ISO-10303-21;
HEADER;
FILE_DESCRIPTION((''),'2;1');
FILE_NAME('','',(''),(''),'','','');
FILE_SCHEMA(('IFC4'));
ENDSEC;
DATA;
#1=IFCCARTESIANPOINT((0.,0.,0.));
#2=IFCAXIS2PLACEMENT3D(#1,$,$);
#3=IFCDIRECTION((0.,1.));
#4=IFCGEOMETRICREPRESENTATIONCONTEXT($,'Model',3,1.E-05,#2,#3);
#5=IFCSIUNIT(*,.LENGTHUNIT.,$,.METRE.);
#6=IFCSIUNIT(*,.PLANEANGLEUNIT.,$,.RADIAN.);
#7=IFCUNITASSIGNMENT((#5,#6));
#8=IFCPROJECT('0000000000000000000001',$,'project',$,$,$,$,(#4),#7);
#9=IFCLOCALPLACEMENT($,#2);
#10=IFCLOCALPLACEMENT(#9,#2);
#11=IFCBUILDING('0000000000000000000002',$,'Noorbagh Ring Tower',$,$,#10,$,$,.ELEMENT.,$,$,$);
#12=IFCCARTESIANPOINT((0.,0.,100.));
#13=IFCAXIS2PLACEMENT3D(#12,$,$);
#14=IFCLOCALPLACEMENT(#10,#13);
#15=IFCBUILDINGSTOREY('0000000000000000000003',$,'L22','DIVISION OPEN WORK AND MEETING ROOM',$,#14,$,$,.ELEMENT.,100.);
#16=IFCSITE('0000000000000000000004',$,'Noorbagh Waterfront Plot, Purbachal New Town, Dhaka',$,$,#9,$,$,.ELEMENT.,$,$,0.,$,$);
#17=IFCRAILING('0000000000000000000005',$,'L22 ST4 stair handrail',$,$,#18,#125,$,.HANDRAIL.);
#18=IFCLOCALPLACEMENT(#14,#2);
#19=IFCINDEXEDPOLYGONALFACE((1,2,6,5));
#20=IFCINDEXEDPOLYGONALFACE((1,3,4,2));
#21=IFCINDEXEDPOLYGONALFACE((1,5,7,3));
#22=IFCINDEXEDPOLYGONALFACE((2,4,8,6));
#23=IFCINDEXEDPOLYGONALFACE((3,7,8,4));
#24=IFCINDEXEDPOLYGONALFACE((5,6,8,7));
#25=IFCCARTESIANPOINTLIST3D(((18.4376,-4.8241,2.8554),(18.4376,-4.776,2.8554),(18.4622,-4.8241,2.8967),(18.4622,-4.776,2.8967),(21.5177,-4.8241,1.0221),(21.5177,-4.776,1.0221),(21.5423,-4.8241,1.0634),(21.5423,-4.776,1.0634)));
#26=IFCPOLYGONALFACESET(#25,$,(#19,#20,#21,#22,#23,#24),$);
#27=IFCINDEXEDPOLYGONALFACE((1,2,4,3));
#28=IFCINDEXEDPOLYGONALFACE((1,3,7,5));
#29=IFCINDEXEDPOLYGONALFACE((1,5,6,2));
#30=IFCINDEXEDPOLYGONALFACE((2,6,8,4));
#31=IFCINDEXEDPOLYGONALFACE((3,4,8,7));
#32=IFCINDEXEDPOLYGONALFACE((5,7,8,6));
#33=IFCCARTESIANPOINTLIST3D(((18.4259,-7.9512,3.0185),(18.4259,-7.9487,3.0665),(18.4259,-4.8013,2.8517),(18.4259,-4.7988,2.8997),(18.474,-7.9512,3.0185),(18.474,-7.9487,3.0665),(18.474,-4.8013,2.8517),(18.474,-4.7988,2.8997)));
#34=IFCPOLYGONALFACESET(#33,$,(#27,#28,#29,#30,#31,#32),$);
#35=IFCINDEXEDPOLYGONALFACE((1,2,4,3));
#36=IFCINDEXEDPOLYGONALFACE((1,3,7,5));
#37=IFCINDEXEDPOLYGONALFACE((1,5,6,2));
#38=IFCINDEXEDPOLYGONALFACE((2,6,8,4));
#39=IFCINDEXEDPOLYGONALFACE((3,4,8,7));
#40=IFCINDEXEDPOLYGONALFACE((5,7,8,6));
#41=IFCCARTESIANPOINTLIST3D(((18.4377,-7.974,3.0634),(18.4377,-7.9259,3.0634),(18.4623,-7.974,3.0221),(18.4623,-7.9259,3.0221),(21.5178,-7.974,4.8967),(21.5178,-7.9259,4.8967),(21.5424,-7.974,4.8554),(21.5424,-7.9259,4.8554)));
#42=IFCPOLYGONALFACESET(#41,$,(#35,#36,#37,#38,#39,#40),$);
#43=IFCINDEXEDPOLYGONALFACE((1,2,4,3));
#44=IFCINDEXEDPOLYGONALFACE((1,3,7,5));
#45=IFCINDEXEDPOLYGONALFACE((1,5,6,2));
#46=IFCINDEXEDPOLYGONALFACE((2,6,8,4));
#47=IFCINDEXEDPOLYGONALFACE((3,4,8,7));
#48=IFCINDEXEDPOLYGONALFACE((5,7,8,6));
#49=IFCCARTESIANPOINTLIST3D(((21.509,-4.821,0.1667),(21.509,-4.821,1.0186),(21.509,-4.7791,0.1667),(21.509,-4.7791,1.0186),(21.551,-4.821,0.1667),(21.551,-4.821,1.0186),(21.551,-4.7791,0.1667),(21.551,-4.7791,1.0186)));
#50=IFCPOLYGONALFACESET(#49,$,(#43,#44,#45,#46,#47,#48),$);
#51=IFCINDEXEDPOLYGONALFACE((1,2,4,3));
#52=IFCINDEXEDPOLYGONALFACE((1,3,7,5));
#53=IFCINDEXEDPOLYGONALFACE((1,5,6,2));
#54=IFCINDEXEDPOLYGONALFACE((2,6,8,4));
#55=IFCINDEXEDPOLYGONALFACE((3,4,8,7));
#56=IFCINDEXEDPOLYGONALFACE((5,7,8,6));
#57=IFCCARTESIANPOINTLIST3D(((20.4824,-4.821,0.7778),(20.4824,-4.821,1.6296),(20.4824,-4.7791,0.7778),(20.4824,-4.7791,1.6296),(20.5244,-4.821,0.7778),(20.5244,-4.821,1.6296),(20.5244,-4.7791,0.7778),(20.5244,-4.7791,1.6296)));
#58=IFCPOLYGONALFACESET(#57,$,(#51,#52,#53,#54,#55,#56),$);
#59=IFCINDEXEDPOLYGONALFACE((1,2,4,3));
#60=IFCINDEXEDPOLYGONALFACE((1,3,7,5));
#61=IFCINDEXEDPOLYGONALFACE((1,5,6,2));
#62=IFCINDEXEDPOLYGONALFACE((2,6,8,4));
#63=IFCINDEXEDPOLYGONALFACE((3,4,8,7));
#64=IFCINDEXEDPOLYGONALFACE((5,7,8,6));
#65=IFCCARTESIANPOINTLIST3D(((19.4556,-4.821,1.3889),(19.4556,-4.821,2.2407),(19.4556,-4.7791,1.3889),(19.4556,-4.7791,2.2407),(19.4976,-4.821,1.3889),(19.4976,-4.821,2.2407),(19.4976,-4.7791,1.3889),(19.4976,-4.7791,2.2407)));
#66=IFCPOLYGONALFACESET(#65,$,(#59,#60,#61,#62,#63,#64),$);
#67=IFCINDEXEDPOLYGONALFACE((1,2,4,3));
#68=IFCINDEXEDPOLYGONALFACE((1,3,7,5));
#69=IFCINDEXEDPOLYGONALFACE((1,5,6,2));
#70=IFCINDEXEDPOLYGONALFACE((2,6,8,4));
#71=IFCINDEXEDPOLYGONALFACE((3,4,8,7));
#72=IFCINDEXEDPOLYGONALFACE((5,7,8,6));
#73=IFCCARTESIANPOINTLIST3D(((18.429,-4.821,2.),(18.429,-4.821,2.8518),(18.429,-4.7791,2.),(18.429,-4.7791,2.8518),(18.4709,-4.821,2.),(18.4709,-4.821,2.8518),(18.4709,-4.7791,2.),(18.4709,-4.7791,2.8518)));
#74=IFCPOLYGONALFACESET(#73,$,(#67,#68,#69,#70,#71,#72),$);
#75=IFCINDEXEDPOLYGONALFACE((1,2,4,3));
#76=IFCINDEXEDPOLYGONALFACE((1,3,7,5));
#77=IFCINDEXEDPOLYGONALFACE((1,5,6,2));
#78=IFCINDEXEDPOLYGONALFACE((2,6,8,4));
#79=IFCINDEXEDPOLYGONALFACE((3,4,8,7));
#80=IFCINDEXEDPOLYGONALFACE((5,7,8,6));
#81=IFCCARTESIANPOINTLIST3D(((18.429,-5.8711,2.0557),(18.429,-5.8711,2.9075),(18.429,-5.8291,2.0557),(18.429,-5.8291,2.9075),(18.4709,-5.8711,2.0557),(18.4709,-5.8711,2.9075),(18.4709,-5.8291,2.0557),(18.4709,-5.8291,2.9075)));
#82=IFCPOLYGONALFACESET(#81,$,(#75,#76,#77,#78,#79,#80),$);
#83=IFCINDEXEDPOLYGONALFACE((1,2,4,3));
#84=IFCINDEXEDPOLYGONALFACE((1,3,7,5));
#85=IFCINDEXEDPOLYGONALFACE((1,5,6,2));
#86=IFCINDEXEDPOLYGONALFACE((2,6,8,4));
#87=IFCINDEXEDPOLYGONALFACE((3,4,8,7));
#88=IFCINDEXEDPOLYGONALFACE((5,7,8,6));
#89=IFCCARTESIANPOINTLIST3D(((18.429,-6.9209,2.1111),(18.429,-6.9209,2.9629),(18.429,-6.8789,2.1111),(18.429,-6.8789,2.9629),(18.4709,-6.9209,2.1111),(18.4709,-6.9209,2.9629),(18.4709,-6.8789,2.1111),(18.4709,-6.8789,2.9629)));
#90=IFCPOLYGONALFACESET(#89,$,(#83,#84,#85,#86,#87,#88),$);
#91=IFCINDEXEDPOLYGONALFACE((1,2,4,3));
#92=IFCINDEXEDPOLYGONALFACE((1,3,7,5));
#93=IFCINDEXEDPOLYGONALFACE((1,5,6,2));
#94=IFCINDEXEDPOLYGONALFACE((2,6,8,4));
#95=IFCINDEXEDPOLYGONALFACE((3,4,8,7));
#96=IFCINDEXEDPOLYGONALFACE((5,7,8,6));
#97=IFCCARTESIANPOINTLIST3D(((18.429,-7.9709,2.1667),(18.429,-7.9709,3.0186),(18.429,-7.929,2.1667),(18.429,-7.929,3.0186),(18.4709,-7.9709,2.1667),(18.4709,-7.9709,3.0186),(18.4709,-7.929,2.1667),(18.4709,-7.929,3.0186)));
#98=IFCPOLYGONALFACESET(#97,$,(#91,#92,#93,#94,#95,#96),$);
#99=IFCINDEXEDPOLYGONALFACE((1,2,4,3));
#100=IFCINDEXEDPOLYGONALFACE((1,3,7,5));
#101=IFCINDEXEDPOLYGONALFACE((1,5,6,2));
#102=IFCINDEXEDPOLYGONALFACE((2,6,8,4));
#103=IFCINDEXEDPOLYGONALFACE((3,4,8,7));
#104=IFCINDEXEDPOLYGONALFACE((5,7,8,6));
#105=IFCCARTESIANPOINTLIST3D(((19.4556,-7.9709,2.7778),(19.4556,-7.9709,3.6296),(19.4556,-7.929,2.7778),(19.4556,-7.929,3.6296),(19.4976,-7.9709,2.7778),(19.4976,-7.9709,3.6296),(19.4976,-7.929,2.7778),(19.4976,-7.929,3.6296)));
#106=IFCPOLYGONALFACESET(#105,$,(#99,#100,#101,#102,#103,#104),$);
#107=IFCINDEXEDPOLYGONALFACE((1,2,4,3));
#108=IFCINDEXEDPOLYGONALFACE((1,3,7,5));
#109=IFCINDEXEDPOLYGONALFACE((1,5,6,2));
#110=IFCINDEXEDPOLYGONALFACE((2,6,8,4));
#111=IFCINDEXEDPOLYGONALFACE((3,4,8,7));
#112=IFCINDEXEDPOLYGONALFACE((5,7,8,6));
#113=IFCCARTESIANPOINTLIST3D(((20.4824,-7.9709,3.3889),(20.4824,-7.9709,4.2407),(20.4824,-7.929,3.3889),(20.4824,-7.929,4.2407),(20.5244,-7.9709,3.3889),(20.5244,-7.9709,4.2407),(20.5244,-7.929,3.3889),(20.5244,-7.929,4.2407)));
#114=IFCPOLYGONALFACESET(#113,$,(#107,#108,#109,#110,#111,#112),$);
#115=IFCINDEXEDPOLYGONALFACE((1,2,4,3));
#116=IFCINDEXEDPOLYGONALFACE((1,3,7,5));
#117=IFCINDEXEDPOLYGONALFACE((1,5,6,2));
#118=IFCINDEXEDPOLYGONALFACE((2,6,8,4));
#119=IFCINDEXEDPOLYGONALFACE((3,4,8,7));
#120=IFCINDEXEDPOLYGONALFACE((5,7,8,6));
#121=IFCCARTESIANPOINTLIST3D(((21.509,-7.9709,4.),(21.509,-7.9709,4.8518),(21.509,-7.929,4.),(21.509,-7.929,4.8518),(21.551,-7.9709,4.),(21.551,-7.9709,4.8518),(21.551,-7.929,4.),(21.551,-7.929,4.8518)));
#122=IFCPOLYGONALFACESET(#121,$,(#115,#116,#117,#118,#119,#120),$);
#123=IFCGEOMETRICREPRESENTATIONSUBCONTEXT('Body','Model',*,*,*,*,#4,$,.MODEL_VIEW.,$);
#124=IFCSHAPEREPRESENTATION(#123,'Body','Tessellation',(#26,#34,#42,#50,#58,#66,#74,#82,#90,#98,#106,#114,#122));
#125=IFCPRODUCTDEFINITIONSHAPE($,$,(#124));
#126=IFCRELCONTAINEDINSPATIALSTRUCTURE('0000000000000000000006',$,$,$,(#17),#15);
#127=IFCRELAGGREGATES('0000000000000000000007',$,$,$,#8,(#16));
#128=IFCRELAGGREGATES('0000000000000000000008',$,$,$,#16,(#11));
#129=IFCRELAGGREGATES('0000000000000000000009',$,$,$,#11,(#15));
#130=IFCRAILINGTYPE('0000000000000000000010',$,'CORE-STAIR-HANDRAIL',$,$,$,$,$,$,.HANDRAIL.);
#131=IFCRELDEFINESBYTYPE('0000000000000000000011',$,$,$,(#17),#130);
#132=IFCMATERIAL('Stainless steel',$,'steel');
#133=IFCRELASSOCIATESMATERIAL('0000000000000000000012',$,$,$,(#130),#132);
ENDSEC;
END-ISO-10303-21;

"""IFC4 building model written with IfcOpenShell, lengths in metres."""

from ifc_helpers import new_model, si_unit, direction, frame, origin, origin_2d, place, context, subcontext, project, spatial, rectangle, extrude, material, type_object, element, save


model = new_model("IFC4")

# Units and contexts
model_context = context("Model", 3, precision=1e-05, world=origin(), true_north=direction((0.0, 1.0)))
body_context = subcontext(model_context, "Body", "Model", "MODEL_VIEW")
ifc_project = project(units=[si_unit("LENGTHUNIT", "METRE"), si_unit("PLANEANGLEUNIT", "RADIAN")], contexts=[model_context])

# Site, building, storey
site_placement = place(None, origin())
site = spatial("IfcSite", under=ifc_project, at=site_placement, Name="Noorbagh Waterfront Plot, Purbachal New Town, Dhaka", CompositionType="ELEMENT", RefElevation=0.0)
building_placement = place(site_placement, origin())
building = spatial("IfcBuilding", under=site, at=building_placement, Name="Noorbagh Ring Tower", CompositionType="ELEMENT")
storey_placement = place(building_placement, frame((0.0, 0.0, 100.0)))
storey = spatial("IfcBuildingStorey", under=building, at=storey_placement, Name="L22", Description="DIVISION OPEN WORK AND MEETING ROOM", CompositionType="ELEMENT", Elevation=100.0)

# Railing
ifc_material_1 = material(Name="Stainless steel", Category="steel")
railing_type_1 = type_object("IfcRailingType", Name="CORE-STAIR-HANDRAIL", PredefinedType="HANDRAIL", material=ifc_material_1)
railing_1_placement = place(storey_placement, frame((21.53, -4.8, 0.1667)))
element("IfcRailing", 1, at=railing_1_placement, inside=storey, type_object=railing_type_1, Name="L22 ST4 stair handrail", PredefinedType="HANDRAIL", context=body_context, shape_type="SweptSolid", body=[
    extrude(rectangle(XDim=0.0481, YDim=0.0481, at=origin_2d()), frame((0.0, 0.0, 0.876), z_axis=(-0.859309, 0.0, 0.511458), x_axis=(0.0, -1.0, 0.0)), (0.0, 0.0, 1.0), 3.5845),
    extrude(rectangle(XDim=0.0481, YDim=0.0481, at=origin_2d()), frame((-3.0801, 0.0, 2.709), z_axis=(0.0, -0.998602, 0.052864), x_axis=(1.0, 0.0, 0.0)), (0.0, 0.0, 1.0), 3.1543),
    extrude(rectangle(XDim=0.0481, YDim=0.0481, at=origin_2d()), frame((-3.0801, -3.1499, 2.876), z_axis=(0.859309, 0.0, 0.511458), x_axis=(0.0, 1.0, 0.0)), (0.0, 0.0, 1.0), 3.5845),
    extrude(rectangle(XDim=0.042, YDim=0.042, at=origin_2d()), origin(), (0.0, 0.0, 1.0), 0.8518),
    extrude(rectangle(XDim=0.042, YDim=0.042, at=origin_2d()), frame((-1.0266, 0.0, 0.6111)), (0.0, 0.0, 1.0), 0.8518),
    extrude(rectangle(XDim=0.042, YDim=0.042, at=origin_2d()), frame((-2.0535, 0.0, 1.2222)), (0.0, 0.0, 1.0), 0.8518),
    extrude(rectangle(XDim=0.042, YDim=0.042, at=origin_2d()), frame((-3.0801, 0.0, 1.8333)), (0.0, 0.0, 1.0), 0.8518),
    extrude(rectangle(XDim=0.042, YDim=0.042, at=origin_2d()), frame((-3.0801, -1.05, 1.8889)), (0.0, 0.0, 1.0), 0.8518),
    extrude(rectangle(XDim=0.042, YDim=0.042, at=origin_2d()), frame((-3.0801, -2.0999, 1.9443)), (0.0, 0.0, 1.0), 0.8518),
    extrude(rectangle(XDim=0.042, YDim=0.042, at=origin_2d()), frame((-3.0801, -3.1499, 2.0)), (0.0, 0.0, 1.0), 0.8518),
    extrude(rectangle(XDim=0.042, YDim=0.042, at=origin_2d()), frame((-2.0535, -3.1499, 2.6111)), (0.0, 0.0, 1.0), 0.8518),
    extrude(rectangle(XDim=0.042, YDim=0.042, at=origin_2d()), frame((-1.0266, -3.1499, 3.2222)), (0.0, 0.0, 1.0), 0.8518),
    extrude(rectangle(XDim=0.042, YDim=0.042, at=origin_2d()), frame((0.0, -3.1499, 3.8333)), (0.0, 0.0, 1.0), 0.8518),
])

save(model, "model.ifc")
